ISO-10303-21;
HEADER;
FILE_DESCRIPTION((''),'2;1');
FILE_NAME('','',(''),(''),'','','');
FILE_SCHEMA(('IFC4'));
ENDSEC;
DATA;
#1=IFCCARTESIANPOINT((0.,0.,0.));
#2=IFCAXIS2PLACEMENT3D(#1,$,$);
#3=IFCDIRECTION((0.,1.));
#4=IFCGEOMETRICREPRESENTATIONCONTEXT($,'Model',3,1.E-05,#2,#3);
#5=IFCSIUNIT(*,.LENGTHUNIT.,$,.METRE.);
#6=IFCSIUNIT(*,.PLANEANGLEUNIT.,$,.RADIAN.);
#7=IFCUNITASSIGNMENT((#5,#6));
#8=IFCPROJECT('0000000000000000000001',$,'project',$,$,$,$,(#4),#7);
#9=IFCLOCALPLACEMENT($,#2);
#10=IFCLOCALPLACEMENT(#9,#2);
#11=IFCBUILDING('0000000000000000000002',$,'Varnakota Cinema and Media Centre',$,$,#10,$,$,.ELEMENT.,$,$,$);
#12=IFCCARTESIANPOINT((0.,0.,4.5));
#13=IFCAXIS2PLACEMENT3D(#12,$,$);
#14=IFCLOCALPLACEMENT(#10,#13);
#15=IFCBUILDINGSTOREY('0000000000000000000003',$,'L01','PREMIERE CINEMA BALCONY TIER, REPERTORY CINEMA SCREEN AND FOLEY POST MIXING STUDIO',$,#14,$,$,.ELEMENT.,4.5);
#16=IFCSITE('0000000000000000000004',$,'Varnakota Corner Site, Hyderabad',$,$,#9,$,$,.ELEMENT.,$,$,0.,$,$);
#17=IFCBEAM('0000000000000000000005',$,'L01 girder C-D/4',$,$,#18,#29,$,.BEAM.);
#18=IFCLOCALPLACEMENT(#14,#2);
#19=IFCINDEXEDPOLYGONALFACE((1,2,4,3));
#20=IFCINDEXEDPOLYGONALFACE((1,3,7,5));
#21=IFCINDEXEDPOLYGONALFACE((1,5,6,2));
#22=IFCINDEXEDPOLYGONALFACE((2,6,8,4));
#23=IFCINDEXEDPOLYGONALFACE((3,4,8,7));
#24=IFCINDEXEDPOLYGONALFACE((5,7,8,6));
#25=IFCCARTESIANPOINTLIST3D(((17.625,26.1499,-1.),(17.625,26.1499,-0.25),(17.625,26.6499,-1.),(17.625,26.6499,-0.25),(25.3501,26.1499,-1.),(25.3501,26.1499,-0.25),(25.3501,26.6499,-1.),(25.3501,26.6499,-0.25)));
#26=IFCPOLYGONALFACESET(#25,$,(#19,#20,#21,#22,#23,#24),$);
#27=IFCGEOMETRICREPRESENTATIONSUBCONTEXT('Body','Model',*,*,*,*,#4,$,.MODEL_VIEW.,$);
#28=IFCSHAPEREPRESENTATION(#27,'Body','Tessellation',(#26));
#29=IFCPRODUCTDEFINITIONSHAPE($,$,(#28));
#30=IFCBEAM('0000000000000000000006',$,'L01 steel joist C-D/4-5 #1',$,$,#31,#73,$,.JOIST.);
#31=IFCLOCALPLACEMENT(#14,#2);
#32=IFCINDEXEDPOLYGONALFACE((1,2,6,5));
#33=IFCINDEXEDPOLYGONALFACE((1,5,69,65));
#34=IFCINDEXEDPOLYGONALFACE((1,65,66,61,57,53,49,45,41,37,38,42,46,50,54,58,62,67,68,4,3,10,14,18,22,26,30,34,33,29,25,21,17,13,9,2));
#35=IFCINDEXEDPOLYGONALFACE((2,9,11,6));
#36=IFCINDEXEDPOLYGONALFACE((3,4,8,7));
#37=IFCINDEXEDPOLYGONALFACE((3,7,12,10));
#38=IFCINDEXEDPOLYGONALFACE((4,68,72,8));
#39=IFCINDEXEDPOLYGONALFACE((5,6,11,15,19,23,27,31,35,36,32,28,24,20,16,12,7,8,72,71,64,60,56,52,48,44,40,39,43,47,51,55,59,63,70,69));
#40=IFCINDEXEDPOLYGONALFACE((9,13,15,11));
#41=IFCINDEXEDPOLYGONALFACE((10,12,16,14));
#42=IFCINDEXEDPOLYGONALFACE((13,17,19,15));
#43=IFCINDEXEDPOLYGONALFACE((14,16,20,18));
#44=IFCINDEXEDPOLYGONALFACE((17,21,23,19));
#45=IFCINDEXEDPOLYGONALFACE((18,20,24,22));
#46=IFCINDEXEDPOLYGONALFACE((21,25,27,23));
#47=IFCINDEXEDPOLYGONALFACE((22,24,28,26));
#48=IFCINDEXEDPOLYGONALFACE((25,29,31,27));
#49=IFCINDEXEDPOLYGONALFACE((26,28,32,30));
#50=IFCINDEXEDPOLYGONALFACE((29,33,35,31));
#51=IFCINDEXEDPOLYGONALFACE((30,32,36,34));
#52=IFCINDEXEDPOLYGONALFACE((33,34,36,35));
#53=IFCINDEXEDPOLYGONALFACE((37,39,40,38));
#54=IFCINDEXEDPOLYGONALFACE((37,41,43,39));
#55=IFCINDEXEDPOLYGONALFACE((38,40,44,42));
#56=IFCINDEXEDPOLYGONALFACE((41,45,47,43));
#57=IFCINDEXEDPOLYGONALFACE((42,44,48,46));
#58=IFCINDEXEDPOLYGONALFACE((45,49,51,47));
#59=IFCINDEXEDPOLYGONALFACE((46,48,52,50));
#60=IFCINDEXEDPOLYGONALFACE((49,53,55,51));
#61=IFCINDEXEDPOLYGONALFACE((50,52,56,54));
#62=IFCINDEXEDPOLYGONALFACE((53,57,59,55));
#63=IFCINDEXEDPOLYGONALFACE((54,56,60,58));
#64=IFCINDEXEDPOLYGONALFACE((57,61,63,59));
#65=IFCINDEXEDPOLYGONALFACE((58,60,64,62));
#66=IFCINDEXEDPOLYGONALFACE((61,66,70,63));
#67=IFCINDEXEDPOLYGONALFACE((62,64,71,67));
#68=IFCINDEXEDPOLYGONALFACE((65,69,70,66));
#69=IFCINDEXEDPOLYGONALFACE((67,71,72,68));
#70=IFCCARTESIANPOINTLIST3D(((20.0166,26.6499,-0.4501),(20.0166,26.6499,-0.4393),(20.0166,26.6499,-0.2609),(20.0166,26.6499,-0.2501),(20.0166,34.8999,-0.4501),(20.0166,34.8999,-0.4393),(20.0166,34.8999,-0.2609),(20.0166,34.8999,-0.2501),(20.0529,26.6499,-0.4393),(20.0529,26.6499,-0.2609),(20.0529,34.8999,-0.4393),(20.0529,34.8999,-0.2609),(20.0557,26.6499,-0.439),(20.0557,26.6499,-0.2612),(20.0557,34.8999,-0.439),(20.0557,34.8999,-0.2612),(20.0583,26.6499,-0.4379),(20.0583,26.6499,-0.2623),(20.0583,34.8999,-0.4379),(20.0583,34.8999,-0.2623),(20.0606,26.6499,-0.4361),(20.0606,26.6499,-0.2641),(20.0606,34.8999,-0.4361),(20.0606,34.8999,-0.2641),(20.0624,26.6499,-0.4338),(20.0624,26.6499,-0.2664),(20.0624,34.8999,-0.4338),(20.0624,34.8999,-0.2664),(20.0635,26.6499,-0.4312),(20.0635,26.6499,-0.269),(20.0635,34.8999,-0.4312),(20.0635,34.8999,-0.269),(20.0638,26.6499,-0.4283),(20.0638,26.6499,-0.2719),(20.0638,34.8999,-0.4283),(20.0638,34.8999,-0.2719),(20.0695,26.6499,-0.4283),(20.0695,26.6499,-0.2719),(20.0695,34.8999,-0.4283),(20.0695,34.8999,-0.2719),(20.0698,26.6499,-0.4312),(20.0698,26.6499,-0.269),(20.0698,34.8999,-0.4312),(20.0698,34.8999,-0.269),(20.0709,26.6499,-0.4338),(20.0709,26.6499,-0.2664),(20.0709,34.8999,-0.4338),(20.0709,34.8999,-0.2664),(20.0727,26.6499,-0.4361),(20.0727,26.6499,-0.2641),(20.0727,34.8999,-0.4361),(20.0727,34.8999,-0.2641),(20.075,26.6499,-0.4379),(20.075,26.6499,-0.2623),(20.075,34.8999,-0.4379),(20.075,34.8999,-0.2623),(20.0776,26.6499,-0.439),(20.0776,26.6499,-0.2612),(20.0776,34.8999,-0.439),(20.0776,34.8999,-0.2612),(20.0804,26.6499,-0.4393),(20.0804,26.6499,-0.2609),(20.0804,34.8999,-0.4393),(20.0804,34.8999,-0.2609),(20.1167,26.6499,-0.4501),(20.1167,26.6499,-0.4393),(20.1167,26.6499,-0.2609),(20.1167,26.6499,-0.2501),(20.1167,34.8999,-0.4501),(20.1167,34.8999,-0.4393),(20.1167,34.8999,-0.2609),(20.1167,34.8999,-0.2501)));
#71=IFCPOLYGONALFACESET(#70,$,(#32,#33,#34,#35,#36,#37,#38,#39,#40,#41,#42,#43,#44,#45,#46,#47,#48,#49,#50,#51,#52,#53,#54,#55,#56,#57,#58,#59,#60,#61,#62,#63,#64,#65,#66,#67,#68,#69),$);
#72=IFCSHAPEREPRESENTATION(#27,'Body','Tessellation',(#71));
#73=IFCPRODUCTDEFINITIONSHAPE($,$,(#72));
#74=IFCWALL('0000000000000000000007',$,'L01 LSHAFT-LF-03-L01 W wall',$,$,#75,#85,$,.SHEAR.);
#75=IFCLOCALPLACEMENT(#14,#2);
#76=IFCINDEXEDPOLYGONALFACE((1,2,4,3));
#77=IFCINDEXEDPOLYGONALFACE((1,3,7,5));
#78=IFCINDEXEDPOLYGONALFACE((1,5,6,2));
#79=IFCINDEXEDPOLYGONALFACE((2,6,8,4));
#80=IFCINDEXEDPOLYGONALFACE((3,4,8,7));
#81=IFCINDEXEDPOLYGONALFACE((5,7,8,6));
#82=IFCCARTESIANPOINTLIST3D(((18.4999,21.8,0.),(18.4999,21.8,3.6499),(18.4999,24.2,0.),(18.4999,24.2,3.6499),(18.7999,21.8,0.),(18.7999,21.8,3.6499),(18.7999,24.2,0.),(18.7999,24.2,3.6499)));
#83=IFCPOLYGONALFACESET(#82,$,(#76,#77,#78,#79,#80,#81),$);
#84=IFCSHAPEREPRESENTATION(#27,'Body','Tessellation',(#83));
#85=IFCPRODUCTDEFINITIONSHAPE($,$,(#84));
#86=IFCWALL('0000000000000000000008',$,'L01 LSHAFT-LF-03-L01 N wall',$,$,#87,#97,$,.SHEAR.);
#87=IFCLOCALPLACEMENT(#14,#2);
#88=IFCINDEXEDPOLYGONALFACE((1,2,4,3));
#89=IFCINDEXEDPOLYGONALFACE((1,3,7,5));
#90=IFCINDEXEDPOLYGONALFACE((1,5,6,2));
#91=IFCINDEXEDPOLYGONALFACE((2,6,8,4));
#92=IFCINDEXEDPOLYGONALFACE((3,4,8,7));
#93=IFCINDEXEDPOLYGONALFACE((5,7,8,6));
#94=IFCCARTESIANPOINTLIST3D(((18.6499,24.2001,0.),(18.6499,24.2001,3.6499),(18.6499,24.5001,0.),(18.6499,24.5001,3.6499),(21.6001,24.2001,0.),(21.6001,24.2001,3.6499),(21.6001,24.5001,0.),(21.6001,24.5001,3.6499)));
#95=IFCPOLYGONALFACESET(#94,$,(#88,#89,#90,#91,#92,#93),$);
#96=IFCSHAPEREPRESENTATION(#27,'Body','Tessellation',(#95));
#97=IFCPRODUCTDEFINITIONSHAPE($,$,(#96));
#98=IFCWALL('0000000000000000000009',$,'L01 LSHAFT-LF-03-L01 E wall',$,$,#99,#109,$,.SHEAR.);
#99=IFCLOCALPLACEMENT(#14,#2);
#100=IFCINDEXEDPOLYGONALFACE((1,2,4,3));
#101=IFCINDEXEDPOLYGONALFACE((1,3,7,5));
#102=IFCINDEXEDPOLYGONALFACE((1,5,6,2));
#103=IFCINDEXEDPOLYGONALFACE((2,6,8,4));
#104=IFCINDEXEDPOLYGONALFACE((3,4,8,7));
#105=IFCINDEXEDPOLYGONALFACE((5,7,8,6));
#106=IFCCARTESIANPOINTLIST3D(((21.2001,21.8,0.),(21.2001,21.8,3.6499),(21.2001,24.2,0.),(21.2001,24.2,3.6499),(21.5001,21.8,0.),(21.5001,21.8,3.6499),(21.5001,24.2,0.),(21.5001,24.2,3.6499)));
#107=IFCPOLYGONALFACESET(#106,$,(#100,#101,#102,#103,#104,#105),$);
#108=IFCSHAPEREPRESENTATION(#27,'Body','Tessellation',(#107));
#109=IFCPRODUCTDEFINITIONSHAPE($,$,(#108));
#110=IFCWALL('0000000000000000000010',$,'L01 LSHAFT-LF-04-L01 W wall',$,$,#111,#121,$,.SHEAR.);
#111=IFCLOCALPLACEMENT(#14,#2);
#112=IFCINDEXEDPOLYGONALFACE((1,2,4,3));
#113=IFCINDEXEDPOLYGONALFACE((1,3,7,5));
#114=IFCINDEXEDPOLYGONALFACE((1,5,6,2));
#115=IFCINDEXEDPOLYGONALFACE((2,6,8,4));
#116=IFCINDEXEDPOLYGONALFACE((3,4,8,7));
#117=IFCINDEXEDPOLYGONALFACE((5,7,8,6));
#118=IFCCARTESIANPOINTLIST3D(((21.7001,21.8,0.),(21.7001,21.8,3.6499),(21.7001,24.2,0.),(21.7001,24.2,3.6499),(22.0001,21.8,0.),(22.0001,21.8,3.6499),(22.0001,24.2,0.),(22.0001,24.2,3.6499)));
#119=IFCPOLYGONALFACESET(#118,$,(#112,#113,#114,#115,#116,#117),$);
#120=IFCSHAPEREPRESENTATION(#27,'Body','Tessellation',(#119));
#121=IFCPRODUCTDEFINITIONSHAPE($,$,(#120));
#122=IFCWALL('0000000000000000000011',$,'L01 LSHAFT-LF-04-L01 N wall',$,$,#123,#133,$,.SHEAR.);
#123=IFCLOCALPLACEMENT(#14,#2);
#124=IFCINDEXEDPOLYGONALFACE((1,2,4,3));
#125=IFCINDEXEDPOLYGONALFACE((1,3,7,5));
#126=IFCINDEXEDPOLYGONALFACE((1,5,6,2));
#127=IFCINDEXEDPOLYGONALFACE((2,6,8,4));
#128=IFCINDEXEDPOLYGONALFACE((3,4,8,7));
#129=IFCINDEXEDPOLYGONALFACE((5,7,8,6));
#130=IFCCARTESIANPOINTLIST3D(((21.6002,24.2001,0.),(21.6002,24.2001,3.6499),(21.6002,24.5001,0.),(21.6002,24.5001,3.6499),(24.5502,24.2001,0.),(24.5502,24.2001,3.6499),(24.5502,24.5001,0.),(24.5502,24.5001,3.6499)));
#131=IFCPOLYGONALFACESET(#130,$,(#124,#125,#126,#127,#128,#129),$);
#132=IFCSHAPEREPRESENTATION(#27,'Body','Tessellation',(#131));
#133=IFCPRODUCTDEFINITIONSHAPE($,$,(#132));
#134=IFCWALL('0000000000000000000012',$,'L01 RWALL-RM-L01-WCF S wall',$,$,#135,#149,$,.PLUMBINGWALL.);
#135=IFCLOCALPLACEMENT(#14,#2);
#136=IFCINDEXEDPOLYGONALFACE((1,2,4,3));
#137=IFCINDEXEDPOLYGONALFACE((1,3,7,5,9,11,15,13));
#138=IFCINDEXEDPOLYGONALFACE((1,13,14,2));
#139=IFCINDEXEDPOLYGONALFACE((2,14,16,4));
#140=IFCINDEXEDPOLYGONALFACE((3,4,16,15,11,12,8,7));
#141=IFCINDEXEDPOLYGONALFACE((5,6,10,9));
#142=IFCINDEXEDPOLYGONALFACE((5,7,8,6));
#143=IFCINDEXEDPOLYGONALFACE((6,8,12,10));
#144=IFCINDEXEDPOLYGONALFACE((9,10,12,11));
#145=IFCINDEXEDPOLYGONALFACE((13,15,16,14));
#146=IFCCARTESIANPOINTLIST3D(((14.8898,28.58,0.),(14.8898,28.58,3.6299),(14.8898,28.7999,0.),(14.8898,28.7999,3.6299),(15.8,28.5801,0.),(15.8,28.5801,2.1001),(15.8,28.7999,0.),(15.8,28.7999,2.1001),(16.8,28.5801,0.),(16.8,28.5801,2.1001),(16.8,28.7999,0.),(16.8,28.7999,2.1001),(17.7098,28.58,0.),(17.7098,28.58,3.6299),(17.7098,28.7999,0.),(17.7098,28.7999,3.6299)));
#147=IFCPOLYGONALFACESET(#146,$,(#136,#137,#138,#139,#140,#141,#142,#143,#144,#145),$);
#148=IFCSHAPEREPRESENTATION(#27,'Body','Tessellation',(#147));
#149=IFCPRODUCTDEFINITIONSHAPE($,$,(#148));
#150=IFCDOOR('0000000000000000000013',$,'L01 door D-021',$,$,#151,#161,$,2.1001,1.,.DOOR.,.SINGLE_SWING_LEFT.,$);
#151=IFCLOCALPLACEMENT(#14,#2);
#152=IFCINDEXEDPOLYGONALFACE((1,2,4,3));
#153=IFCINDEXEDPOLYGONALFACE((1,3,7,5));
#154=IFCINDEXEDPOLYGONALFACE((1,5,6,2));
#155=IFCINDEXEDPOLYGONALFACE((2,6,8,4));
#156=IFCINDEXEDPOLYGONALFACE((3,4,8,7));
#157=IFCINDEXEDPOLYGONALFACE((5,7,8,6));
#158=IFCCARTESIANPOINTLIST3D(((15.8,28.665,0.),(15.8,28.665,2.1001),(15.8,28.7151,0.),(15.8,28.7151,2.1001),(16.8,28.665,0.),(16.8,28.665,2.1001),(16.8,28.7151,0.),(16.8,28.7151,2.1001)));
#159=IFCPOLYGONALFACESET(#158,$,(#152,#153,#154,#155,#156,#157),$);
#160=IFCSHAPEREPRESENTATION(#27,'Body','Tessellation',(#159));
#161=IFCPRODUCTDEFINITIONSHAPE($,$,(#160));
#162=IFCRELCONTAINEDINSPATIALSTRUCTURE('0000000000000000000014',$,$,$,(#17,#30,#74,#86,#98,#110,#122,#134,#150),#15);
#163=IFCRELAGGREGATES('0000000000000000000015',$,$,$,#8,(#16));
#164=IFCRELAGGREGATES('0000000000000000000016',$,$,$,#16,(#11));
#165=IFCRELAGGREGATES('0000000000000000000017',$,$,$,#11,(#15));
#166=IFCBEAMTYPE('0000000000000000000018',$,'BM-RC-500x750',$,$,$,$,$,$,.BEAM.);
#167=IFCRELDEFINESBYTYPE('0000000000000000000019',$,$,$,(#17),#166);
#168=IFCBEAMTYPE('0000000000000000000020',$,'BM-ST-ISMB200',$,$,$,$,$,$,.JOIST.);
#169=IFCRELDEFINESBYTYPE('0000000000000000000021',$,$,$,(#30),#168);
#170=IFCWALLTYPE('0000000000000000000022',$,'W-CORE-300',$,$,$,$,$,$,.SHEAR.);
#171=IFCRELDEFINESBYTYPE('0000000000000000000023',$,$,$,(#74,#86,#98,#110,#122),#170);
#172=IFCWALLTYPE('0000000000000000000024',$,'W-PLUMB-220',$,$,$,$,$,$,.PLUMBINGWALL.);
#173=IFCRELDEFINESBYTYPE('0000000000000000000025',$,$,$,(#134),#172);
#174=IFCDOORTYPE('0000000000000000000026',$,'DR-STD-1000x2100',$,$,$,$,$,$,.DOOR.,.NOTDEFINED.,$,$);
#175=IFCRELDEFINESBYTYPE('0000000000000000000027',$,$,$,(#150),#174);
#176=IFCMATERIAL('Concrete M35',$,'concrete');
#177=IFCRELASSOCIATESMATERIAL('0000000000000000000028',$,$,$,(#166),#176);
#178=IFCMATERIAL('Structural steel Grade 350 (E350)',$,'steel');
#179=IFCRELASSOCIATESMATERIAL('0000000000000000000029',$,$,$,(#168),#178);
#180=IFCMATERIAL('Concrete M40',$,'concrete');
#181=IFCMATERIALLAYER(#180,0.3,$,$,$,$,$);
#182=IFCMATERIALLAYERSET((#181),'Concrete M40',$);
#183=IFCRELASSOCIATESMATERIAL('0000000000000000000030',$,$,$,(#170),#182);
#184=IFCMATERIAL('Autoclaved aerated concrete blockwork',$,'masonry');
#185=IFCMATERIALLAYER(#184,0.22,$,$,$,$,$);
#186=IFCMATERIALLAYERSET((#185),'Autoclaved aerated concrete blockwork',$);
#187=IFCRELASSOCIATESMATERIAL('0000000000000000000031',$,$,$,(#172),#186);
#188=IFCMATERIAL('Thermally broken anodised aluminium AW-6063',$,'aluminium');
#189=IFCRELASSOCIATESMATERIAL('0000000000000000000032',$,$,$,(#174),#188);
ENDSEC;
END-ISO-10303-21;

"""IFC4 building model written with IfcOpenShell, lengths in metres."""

from ifc_helpers import new_model, si_unit, direction, frame, frame_2d, origin, origin_2d, place, context, subcontext, project, spatial, rectangle, i_section, extrude, material, layer, layer_set, material_profile, profile_set, type_object, element, fill, save


model = new_model("IFC4")

# Units and contexts
model_context = context("Model", 3, precision=1e-05, world=origin(), true_north=direction((0.0, 1.0)))
body_context = subcontext(model_context, "Body", "Model", "MODEL_VIEW")
ifc_project = project(units=[si_unit("LENGTHUNIT", "METRE"), si_unit("PLANEANGLEUNIT", "RADIAN")], contexts=[model_context])

# Site, building, storey
site_placement = place(None, origin())
site = spatial("IfcSite", under=ifc_project, at=site_placement, Name="Varnakota Corner Site, Hyderabad", CompositionType="ELEMENT", RefElevation=0.0)
building_placement = place(site_placement, origin())
building = spatial("IfcBuilding", under=site, at=building_placement, Name="Varnakota Cinema and Media Centre", CompositionType="ELEMENT")
storey_placement = place(building_placement, frame((0.0, 0.0, 4.5)))
storey = spatial("IfcBuildingStorey", under=building, at=storey_placement, Name="L01", Description="PREMIERE CINEMA BALCONY TIER, REPERTORY CINEMA SCREEN AND FOLEY POST MIXING STUDIO", CompositionType="ELEMENT", Elevation=4.5)

# Beams
ifc_material_1 = material(Name="Concrete M35", Category="concrete")
ifc_material_profile_1 = material_profile(ifc_material_1, rectangle(XDim=0.5, YDim=0.75, at=origin_2d()), Name="RCB 500x750")
ifc_profile_set_1 = profile_set([ifc_material_profile_1], Name="Concrete M35")
beam_type_1 = type_object("IfcBeamType", Name="BM-RC-500x750", PredefinedType="BEAM", material=ifc_profile_set_1)
beam_1_placement = place(storey_placement, frame((17.625, 26.3999, -0.625), z_axis=(1.0, 0.0, 0.0), x_axis=(0.0, 1.0, 0.0)))
element("IfcBeam", 1, at=beam_1_placement, inside=storey, type_object=beam_type_1, Name="L01 girder C-D/4", PredefinedType="BEAM", context=body_context, shape_type="SweptSolid", body=[
    extrude(rectangle(XDim=0.5, YDim=0.75, at=origin_2d()), origin(), (0.0, 0.0, 1.0), 7.7251),
])
ifc_material_2 = material(Name="Structural steel Grade 350 (E350)", Category="steel")
ifc_material_profile_2 = material_profile(ifc_material_2, i_section(OverallWidth=0.1001, OverallDepth=0.2, WebThickness=0.0056, FlangeThickness=0.0107, FilletRadius=0.011, at=origin_2d()), Name="ISMB 200")
ifc_profile_set_2 = profile_set([ifc_material_profile_2], Name="Structural steel Grade 350 (E350)")
beam_type_2 = type_object("IfcBeamType", Name="BM-ST-ISMB200", PredefinedType="JOIST", material=ifc_profile_set_2)
beam_2_placement = place(storey_placement, frame((20.0667, 26.6499, -0.3501), z_axis=(0.0, 1.0, 0.0), x_axis=(-1.0, 0.0, 0.0)))
element("IfcBeam", 2, at=beam_2_placement, inside=storey, type_object=beam_type_2, Name="L01 steel joist C-D/4-5 #1", PredefinedType="JOIST", context=body_context, shape_type="SweptSolid", body=[
    extrude(i_section(OverallWidth=0.1001, OverallDepth=0.2, WebThickness=0.0056, FlangeThickness=0.0107, FilletRadius=0.011, at=origin_2d()), origin(), (0.0, 0.0, 1.0), 8.25),
])

# Shared definitions
ifc_material_3 = material(Name="Concrete M40", Category="concrete")
ifc_layer_1 = layer(ifc_material_3, 0.3)
ifc_layer_set_1 = layer_set([ifc_layer_1], Name="Concrete M40")
wall_type_1 = type_object("IfcWallType", Name="W-CORE-300", PredefinedType="SHEAR", material=ifc_layer_set_1)

# Walls
wall_1_placement = place(storey_placement, frame((18.6499, 21.8, 0.0), z_axis=(0.0, 0.0, 1.0), x_axis=(0.0, 1.0, 0.0)))
element("IfcWall", 3, at=wall_1_placement, inside=storey, type_object=wall_type_1, Name="L01 LSHAFT-LF-03-L01 W wall", PredefinedType="SHEAR", context=body_context, shape_type="SweptSolid", body=[
    extrude(rectangle(XDim=2.3999, YDim=0.3, at=frame_2d((1.2, 0.0))), origin(), (0.0, 0.0, 1.0), 3.6499),
])
wall_2_placement = place(storey_placement, frame((18.6499, 24.3501, 0.0), z_axis=(0.0, 0.0, 1.0), x_axis=(1.0, 0.0, 0.0)))
element("IfcWall", 4, at=wall_2_placement, inside=storey, type_object=wall_type_1, Name="L01 LSHAFT-LF-03-L01 N wall", PredefinedType="SHEAR", context=body_context, shape_type="SweptSolid", body=[
    extrude(rectangle(XDim=2.9502, YDim=0.3, at=frame_2d((1.4751, 0.0))), origin(), (0.0, 0.0, 1.0), 3.6499),
])
for number, where, z_axis, x_axis, name in (
    (5, (21.3501, 24.2, 0.0), (0.0, 0.0, 1.0), (0.0, -1.0, 0.0), "L01 LSHAFT-LF-03-L01 E wall"),
    (6, (21.8501, 21.8, 0.0), (0.0, 0.0, 1.0), (0.0, 1.0, 0.0), "L01 LSHAFT-LF-04-L01 W wall"),
):
    element("IfcWall", number, at=place(storey_placement, frame(where, z_axis=z_axis, x_axis=x_axis)), inside=storey, type_object=wall_type_1, Name=name, PredefinedType="SHEAR", context=body_context, shape_type="SweptSolid", body=[
        extrude(rectangle(XDim=2.3999, YDim=0.3, at=frame_2d((1.2, 0.0))), origin(), (0.0, 0.0, 1.0), 3.6499),
    ])
wall_3_placement = place(storey_placement, frame((21.6001, 24.3501, 0.0), z_axis=(0.0, 0.0, 1.0), x_axis=(1.0, 0.0, 0.0)))
element("IfcWall", 7, at=wall_3_placement, inside=storey, type_object=wall_type_1, Name="L01 LSHAFT-LF-04-L01 N wall", PredefinedType="SHEAR", context=body_context, shape_type="SweptSolid", body=[
    extrude(rectangle(XDim=2.95, YDim=0.3, at=frame_2d((1.4751, 0.0))), origin(), (0.0, 0.0, 1.0), 3.6499),
])

# Wall, opening, door
ifc_material_4 = material(Name="Autoclaved aerated concrete blockwork", Category="masonry")
ifc_layer_2 = layer(ifc_material_4, 0.22)
ifc_layer_set_2 = layer_set([ifc_layer_2], Name="Autoclaved aerated concrete blockwork")
wall_type_2 = type_object("IfcWallType", Name="W-PLUMB-220", PredefinedType="PLUMBINGWALL", material=ifc_layer_set_2)
wall_4_placement = place(storey_placement, frame((17.71, 28.6899, 0.0), z_axis=(0.0, 0.0, 1.0), x_axis=(-1.0, 0.0, 0.0)))
wall_4 = element("IfcWall", 8, at=wall_4_placement, inside=storey, type_object=wall_type_2, Name="L01 RWALL-RM-L01-WCF S wall", PredefinedType="PLUMBINGWALL", context=body_context, shape_type="SweptSolid", body=[
    extrude(rectangle(XDim=2.8201, YDim=0.22, at=frame_2d((1.4102, 0.0))), origin(), (0.0, 0.0, 1.0), 3.6299),
])
opening_1_placement = place(wall_4_placement, frame((0.9099, 0.0, 0.0)))
opening_1 = element("IfcOpeningElement", 9, at=opening_1_placement, cuts=wall_4, PredefinedType="OPENING", context=body_context, shape_type="SweptSolid", body=[
    extrude(rectangle(XDim=1.0, YDim=2.1001, at=frame_2d((0.5, 1.05))), frame((0.0, 0.1099, 0.0), z_axis=(0.0, -1.0, 0.0), x_axis=(1.0, 0.0, 0.0)), (0.0, 0.0, 1.0), 0.22),
])
ifc_material_5 = material(Name="Thermally broken anodised aluminium AW-6063", Category="aluminium")
door_type_1 = type_object("IfcDoorType", Name="DR-STD-1000x2100", OperationType="NOTDEFINED", PredefinedType="DOOR", material=ifc_material_5)
door_1_placement = place(opening_1_placement, origin())
door_1 = element("IfcDoor", 10, at=door_1_placement, inside=storey, type_object=door_type_1, Name="L01 door D-021", OperationType="SINGLE_SWING_LEFT", OverallHeight=2.1001, OverallWidth=1.0, PredefinedType="DOOR", context=body_context, shape_type="SweptSolid", body=[
    extrude(rectangle(XDim=1.0, YDim=2.1001, at=frame_2d((0.5, 1.05))), frame((0.0, 0.0249, 0.0), z_axis=(0.0, -1.0, 0.0), x_axis=(1.0, 0.0, 0.0)), (0.0, 0.0, 1.0), 0.05),
])
fill(opening_1, door_1)

save(model, "model.ifc")
